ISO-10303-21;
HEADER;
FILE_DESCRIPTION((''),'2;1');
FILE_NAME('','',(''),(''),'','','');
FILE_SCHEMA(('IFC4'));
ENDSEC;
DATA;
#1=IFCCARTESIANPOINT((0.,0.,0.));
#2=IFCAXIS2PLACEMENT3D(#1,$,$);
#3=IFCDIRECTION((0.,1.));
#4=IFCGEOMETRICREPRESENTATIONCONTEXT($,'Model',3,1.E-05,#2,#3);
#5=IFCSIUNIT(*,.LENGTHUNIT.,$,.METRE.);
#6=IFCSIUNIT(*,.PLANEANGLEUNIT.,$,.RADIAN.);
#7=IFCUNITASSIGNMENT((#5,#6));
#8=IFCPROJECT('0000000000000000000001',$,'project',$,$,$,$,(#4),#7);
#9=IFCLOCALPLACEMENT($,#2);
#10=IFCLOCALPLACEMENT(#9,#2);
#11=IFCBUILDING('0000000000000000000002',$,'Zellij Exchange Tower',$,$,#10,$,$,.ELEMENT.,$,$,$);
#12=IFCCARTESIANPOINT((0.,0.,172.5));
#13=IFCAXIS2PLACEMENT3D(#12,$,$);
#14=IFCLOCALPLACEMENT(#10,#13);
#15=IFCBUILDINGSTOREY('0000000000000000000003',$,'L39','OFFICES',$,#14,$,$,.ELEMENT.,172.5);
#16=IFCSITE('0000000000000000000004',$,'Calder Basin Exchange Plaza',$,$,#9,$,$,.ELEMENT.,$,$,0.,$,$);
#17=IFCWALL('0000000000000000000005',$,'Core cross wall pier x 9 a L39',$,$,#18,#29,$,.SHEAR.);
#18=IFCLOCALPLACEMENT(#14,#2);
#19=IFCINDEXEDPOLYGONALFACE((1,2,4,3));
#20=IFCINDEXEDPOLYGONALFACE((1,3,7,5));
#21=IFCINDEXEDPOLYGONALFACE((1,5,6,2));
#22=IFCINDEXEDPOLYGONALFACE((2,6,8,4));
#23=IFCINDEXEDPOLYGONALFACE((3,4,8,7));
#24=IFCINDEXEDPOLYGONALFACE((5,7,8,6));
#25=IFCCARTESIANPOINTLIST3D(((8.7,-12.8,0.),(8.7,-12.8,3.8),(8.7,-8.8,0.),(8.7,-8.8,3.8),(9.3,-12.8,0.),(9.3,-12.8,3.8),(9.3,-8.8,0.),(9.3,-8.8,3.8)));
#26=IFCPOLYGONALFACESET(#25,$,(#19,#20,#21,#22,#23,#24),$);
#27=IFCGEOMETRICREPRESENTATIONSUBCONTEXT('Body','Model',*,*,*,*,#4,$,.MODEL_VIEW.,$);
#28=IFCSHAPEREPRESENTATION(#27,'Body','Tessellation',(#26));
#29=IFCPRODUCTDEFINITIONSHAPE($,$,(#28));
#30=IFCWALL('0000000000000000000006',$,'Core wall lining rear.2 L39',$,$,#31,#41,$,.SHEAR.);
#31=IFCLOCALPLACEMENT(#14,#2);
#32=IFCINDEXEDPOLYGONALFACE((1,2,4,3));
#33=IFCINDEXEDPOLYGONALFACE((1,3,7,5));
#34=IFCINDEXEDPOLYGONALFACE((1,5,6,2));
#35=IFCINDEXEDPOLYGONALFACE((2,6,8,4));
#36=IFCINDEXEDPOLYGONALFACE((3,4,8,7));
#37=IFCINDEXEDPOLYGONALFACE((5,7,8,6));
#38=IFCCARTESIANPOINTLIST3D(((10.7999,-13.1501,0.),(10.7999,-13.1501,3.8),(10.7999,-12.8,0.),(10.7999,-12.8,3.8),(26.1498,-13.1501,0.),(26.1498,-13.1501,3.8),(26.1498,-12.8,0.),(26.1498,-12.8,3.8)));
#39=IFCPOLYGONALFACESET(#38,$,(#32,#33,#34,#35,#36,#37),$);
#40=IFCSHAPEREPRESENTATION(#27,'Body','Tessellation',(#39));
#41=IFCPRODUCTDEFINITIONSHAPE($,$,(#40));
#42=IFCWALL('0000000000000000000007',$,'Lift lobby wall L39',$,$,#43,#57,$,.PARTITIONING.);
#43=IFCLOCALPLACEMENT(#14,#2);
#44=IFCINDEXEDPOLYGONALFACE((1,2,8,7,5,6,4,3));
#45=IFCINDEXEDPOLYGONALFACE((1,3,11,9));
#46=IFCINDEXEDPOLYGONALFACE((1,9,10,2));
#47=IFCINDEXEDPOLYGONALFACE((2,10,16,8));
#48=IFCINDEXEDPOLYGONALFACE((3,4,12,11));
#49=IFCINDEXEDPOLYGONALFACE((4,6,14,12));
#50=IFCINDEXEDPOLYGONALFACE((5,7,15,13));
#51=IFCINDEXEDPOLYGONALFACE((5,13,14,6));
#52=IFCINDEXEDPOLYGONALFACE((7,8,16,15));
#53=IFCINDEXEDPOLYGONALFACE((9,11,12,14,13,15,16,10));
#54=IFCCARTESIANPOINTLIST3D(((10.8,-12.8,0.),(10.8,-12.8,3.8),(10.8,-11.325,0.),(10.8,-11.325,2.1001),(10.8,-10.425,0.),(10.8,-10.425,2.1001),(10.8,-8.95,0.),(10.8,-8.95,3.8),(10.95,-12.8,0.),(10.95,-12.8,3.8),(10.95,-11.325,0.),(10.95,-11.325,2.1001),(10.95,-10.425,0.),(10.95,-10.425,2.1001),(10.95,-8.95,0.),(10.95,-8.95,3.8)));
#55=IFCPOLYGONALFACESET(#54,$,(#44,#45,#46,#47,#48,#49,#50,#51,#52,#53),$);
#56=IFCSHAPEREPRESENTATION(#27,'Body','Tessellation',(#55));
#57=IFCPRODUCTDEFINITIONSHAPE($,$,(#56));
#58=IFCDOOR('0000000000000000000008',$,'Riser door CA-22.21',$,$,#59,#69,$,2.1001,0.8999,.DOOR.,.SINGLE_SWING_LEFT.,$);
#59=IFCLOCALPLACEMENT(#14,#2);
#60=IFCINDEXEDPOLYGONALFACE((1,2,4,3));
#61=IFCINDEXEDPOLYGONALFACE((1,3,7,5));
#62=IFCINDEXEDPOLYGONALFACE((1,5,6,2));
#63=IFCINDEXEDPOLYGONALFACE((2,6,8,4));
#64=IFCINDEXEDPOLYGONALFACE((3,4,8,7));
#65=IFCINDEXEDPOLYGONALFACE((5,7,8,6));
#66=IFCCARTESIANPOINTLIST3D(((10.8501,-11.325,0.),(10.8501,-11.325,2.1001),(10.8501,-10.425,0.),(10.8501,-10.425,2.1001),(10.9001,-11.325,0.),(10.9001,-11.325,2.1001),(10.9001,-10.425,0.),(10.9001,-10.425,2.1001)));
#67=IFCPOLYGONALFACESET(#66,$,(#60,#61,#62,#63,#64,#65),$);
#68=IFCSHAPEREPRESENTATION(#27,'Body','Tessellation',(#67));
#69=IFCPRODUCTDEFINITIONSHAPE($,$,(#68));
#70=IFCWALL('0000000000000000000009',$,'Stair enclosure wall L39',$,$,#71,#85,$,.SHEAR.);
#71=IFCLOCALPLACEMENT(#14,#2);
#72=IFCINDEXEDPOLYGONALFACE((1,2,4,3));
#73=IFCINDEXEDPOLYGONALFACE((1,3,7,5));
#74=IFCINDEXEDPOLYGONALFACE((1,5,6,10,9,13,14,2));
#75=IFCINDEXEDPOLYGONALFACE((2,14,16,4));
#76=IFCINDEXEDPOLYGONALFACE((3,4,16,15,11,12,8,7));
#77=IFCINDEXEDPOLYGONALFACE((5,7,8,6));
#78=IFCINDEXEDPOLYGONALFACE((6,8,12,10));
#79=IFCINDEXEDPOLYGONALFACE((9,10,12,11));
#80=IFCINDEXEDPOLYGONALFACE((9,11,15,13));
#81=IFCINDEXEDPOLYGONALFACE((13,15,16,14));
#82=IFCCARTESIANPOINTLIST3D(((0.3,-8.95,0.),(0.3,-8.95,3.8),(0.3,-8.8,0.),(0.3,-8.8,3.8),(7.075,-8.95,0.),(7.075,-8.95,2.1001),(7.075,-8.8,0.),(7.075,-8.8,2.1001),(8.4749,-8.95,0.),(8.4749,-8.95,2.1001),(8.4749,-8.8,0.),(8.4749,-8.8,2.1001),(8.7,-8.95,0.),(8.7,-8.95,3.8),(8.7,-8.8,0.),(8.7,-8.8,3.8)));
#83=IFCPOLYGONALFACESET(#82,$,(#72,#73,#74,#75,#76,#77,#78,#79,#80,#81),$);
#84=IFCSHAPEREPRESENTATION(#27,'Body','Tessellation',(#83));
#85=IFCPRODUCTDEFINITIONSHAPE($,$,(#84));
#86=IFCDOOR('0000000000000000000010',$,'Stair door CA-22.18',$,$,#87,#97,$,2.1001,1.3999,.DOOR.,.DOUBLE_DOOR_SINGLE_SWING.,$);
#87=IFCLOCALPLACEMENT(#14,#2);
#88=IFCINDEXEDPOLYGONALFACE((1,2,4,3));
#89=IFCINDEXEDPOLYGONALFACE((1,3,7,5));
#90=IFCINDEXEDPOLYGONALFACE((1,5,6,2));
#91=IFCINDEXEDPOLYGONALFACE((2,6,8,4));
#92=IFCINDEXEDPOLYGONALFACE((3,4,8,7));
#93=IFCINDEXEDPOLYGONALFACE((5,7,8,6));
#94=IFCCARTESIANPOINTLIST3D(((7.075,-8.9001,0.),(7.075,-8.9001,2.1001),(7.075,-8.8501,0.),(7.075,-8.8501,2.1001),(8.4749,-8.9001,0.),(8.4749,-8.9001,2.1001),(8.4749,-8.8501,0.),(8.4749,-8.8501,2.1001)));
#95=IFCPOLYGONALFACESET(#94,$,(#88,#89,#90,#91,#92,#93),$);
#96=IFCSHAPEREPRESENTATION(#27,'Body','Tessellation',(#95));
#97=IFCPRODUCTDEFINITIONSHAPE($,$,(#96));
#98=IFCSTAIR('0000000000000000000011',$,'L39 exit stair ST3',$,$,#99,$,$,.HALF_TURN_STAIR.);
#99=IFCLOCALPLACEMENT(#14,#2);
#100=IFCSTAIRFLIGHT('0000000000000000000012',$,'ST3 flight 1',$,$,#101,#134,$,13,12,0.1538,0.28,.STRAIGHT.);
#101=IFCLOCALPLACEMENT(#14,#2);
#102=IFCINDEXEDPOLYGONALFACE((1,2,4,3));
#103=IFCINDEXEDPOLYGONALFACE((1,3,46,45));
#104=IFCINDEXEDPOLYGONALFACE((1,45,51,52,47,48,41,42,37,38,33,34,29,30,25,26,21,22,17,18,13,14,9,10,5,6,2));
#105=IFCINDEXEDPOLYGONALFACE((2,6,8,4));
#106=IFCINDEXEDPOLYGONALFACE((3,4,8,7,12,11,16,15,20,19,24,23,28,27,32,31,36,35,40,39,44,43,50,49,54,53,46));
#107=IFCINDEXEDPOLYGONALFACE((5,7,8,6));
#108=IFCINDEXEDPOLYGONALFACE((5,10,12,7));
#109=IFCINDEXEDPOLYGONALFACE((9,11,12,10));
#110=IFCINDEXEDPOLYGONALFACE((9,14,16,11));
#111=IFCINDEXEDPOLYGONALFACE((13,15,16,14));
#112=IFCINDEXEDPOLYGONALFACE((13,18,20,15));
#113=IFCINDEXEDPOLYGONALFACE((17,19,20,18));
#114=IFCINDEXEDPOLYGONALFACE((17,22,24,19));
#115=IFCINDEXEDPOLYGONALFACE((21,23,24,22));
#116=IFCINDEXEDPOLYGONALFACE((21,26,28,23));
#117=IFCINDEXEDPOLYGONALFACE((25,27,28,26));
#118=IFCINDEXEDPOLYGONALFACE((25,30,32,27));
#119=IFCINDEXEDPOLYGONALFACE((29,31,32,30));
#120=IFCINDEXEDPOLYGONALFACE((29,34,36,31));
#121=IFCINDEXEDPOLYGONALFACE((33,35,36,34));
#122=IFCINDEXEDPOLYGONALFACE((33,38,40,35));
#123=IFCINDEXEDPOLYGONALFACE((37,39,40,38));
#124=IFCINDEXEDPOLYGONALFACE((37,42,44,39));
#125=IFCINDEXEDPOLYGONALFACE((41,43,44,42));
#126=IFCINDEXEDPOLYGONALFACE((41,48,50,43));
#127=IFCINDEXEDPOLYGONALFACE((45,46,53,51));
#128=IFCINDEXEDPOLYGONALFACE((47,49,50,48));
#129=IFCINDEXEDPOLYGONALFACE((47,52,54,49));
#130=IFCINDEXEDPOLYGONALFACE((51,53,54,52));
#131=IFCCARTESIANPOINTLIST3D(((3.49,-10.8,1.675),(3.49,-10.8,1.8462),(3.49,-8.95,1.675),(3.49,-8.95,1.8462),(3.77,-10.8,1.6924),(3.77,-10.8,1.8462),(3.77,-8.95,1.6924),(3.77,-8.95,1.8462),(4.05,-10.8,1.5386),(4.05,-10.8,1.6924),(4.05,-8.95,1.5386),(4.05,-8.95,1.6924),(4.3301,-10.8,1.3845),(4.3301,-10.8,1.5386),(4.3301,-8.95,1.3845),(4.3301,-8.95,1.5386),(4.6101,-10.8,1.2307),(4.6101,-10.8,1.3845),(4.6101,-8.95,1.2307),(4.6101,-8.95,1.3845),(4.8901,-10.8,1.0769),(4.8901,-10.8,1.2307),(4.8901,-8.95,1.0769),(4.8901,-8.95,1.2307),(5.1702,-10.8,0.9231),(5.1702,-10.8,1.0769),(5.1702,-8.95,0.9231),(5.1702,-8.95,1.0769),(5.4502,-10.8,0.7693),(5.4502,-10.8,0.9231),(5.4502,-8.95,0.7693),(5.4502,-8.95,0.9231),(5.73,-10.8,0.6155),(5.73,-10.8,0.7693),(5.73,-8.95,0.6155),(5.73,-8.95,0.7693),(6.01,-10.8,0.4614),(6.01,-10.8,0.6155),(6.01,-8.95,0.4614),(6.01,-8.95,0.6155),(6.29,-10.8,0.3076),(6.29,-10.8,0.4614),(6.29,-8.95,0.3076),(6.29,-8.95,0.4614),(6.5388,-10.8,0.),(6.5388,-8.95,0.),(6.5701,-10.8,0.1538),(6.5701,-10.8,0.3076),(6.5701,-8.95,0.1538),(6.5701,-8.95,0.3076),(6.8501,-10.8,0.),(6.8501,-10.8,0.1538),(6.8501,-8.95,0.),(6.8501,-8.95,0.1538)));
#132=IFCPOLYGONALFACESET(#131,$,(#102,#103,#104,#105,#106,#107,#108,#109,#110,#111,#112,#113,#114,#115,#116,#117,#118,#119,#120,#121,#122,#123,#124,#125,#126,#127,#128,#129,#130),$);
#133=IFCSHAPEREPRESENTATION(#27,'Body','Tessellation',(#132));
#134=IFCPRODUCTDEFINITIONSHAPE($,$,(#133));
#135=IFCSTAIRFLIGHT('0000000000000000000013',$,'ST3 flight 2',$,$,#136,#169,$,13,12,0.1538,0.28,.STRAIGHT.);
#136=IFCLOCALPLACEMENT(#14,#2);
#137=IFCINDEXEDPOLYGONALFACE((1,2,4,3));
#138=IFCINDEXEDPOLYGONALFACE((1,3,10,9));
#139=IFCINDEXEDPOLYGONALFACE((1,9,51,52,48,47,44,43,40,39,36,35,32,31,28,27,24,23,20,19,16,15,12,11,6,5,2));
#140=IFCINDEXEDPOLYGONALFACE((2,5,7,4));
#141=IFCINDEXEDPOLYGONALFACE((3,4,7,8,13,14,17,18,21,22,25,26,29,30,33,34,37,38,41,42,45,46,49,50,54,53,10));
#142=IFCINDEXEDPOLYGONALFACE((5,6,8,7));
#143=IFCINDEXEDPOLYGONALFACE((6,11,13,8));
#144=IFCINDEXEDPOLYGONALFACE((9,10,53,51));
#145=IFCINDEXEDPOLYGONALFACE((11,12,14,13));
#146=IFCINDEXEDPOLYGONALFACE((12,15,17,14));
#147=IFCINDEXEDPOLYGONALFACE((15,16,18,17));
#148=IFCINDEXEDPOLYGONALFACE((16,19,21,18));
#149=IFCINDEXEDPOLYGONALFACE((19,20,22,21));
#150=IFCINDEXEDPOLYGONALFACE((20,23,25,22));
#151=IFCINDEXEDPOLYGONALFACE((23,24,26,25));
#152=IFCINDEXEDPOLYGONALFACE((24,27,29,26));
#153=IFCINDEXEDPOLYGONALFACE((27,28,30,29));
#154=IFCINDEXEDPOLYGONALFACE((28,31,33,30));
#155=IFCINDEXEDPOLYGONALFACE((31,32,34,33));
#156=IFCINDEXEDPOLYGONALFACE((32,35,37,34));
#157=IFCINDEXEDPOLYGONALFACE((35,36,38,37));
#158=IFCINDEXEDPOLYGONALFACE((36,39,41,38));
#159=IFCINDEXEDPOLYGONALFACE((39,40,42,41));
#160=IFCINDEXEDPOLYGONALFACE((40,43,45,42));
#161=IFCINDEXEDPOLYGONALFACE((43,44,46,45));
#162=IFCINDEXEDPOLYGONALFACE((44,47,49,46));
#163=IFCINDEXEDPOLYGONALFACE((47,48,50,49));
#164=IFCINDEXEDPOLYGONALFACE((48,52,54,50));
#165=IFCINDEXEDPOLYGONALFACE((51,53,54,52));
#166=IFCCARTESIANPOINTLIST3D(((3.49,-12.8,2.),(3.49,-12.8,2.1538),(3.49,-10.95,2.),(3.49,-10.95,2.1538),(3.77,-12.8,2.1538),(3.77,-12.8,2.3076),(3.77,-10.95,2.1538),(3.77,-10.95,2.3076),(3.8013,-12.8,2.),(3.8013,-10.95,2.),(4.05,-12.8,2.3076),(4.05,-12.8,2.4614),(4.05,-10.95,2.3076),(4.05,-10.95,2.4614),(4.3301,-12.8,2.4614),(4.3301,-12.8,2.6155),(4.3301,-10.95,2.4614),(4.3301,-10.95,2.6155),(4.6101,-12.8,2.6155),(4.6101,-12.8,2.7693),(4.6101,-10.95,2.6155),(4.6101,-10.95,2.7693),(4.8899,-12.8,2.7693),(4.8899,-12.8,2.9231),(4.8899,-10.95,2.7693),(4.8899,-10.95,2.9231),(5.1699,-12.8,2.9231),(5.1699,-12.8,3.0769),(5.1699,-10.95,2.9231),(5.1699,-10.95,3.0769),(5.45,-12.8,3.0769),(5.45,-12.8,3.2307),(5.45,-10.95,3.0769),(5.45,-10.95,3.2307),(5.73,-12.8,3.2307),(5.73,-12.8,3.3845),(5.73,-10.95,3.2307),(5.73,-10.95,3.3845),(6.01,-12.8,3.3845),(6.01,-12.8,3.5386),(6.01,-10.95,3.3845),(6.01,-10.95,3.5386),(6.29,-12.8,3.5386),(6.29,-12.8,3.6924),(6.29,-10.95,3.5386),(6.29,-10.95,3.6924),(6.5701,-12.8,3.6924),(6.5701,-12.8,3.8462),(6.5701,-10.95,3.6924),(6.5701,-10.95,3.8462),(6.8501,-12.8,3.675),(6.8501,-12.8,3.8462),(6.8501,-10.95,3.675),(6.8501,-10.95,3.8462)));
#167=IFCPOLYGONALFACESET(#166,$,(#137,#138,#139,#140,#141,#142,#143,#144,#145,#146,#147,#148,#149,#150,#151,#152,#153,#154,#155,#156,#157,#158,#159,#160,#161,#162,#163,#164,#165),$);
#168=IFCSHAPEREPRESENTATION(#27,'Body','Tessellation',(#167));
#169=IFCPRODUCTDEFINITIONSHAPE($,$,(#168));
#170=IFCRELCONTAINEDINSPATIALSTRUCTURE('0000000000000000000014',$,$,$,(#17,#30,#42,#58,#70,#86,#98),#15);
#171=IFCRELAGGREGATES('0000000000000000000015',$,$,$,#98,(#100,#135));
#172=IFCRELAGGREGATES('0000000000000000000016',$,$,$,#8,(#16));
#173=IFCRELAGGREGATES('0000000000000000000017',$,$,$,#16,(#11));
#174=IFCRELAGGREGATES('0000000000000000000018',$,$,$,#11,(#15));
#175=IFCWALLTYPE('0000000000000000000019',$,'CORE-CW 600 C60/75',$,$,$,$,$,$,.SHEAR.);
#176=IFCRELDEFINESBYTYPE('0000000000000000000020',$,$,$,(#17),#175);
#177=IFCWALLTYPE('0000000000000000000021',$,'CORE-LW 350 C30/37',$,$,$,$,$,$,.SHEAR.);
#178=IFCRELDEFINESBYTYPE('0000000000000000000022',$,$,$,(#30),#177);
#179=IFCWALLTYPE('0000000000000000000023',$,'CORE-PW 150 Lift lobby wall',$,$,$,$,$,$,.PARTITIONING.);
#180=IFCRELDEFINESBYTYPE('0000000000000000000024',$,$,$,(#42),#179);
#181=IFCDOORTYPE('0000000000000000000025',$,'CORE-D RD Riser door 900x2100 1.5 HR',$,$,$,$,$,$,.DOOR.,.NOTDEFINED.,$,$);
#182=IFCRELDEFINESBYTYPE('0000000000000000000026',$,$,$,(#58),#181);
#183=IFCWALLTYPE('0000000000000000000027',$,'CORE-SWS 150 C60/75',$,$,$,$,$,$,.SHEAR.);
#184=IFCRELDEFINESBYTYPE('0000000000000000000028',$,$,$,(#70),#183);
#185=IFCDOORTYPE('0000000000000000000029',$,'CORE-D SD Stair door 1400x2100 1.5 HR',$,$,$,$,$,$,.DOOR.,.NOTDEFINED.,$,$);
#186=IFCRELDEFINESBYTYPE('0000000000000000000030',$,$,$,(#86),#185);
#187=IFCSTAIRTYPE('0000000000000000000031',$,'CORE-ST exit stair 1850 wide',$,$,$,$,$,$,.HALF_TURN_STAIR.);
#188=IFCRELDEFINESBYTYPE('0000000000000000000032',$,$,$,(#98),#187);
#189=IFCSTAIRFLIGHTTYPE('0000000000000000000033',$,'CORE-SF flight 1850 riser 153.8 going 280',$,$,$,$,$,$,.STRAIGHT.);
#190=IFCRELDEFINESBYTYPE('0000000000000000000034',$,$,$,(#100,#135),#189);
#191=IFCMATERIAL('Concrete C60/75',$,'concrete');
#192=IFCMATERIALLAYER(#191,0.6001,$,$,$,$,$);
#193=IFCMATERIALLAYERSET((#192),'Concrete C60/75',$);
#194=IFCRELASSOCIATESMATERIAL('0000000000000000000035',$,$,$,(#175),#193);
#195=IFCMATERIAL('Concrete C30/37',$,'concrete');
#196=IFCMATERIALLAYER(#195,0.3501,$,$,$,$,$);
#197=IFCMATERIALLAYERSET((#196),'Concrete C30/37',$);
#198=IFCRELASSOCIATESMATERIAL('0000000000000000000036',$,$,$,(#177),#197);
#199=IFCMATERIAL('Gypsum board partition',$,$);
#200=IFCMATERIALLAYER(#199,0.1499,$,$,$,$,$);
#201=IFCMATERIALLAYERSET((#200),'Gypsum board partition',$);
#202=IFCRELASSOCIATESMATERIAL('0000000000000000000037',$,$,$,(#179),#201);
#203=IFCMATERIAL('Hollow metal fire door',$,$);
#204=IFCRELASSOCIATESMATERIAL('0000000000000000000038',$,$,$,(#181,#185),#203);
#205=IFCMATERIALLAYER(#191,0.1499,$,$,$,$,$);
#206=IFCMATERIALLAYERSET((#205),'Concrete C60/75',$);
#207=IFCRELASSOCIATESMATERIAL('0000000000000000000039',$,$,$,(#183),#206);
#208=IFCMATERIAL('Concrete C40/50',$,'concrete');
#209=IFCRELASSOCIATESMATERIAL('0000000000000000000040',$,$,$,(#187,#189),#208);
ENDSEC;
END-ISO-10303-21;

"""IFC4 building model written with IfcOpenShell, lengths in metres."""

from ifc_helpers import new_model, si_unit, direction, frame, frame_2d, origin, place, context, subcontext, project, spatial, polyline, rectangle, outline, extrude, material, layer, layer_set, type_object, element, fill, aggregate, save


model = new_model("IFC4")

# Units and contexts
model_context = context("Model", 3, precision=1e-05, world=origin(), true_north=direction((0.0, 1.0)))
body_context = subcontext(model_context, "Body", "Model", "MODEL_VIEW")
ifc_project = project(units=[si_unit("LENGTHUNIT", "METRE"), si_unit("PLANEANGLEUNIT", "RADIAN")], contexts=[model_context])

# Site, building, storey
site_placement = place(None, origin())
site = spatial("IfcSite", under=ifc_project, at=site_placement, Name="Calder Basin Exchange Plaza", CompositionType="ELEMENT", RefElevation=0.0)
building_placement = place(site_placement, origin())
building = spatial("IfcBuilding", under=site, at=building_placement, Name="Zellij Exchange Tower", CompositionType="ELEMENT")
storey_placement = place(building_placement, frame((0.0, 0.0, 172.5)))
storey = spatial("IfcBuildingStorey", under=building, at=storey_placement, Name="L39", Description="OFFICES", CompositionType="ELEMENT", Elevation=172.5)

# Walls
ifc_material_1 = material(Name="Concrete C60/75", Category="concrete")
ifc_layer_1 = layer(ifc_material_1, 0.6001)
ifc_layer_set_1 = layer_set([ifc_layer_1], Name="Concrete C60/75")
wall_type_1 = type_object("IfcWallType", Name="CORE-CW 600 C60/75", PredefinedType="SHEAR", material=ifc_layer_set_1)
wall_1_placement = place(storey_placement, frame((9.0, -12.8, 0.0), z_axis=(0.0, 0.0, 1.0), x_axis=(0.0, 1.0, 0.0)))
element("IfcWall", 1, at=wall_1_placement, inside=storey, type_object=wall_type_1, Name="Core cross wall pier x 9 a L39", PredefinedType="SHEAR", context=body_context, shape_type="SweptSolid", body=[
    extrude(rectangle(XDim=4.0, YDim=0.6001, at=frame_2d((2.0, 0.0))), origin(), (0.0, 0.0, 1.0), 3.8),
])
ifc_material_2 = material(Name="Concrete C30/37", Category="concrete")
ifc_layer_2 = layer(ifc_material_2, 0.3501)
ifc_layer_set_2 = layer_set([ifc_layer_2], Name="Concrete C30/37")
wall_type_2 = type_object("IfcWallType", Name="CORE-LW 350 C30/37", PredefinedType="SHEAR", material=ifc_layer_set_2)
wall_2_placement = place(storey_placement, frame((10.8, -12.9751, 0.0), z_axis=(0.0, 0.0, 1.0), x_axis=(1.0, 0.0, 0.0)))
element("IfcWall", 2, at=wall_2_placement, inside=storey, type_object=wall_type_2, Name="Core wall lining rear.2 L39", PredefinedType="SHEAR", context=body_context, shape_type="SweptSolid", body=[
    extrude(rectangle(XDim=15.3499, YDim=0.3501, at=frame_2d((7.6748, 0.0))), origin(), (0.0, 0.0, 1.0), 3.8),
])

# Walls, openings, doors
ifc_material_3 = material(Name="Gypsum board partition")
ifc_layer_3 = layer(ifc_material_3, 0.1499)
ifc_layer_set_3 = layer_set([ifc_layer_3], Name="Gypsum board partition")
wall_type_3 = type_object("IfcWallType", Name="CORE-PW 150 Lift lobby wall", PredefinedType="PARTITIONING", material=ifc_layer_set_3)
wall_3_placement = place(storey_placement, frame((10.875, -12.8, 0.0), z_axis=(0.0, 0.0, 1.0), x_axis=(0.0, 1.0, 0.0)))
wall_3 = element("IfcWall", 3, at=wall_3_placement, inside=storey, type_object=wall_type_3, Name="Lift lobby wall L39", PredefinedType="PARTITIONING", context=body_context, shape_type="SweptSolid", body=[
    extrude(rectangle(XDim=3.8501, YDim=0.1499, at=frame_2d((1.925, 0.0))), origin(), (0.0, 0.0, 1.0), 3.8),
])
opening_1_placement = place(wall_3_placement, frame((1.4751, 0.0, 0.0)))
opening_1 = element("IfcOpeningElement", 4, at=opening_1_placement, cuts=wall_3, PredefinedType="OPENING", context=body_context, shape_type="SweptSolid", body=[
    extrude(rectangle(XDim=0.8999, YDim=2.1001, at=frame_2d((0.45, 1.05))), frame((0.0, 0.0869, 0.0), z_axis=(0.0, -1.0, 0.0), x_axis=(1.0, 0.0, 0.0)), (0.0, 0.0, 1.0), 0.1738),
])
ifc_material_4 = material(Name="Hollow metal fire door")
door_type_1 = type_object("IfcDoorType", Name="CORE-D RD Riser door 900x2100 1.5 HR", OperationType="NOTDEFINED", PredefinedType="DOOR", material=ifc_material_4)
door_1_placement = place(opening_1_placement, origin())
door_1 = element("IfcDoor", 5, at=door_1_placement, inside=storey, type_object=door_type_1, Name="Riser door CA-22.21", OperationType="SINGLE_SWING_LEFT", OverallHeight=2.1001, OverallWidth=0.8999, PredefinedType="DOOR", context=body_context, shape_type="SweptSolid", body=[
    extrude(rectangle(XDim=0.8999, YDim=2.1001, at=frame_2d((0.45, 1.05))), frame((0.0, 0.0249, 0.0), z_axis=(0.0, -1.0, 0.0), x_axis=(1.0, 0.0, 0.0)), (0.0, 0.0, 1.0), 0.05),
])
fill(opening_1, door_1)
ifc_layer_4 = layer(ifc_material_1, 0.1499)
ifc_layer_set_4 = layer_set([ifc_layer_4], Name="Concrete C60/75")
wall_type_4 = type_object("IfcWallType", Name="CORE-SWS 150 C60/75", PredefinedType="SHEAR", material=ifc_layer_set_4)
wall_4_placement = place(storey_placement, frame((0.3, -8.875, 0.0), z_axis=(0.0, 0.0, 1.0), x_axis=(1.0, 0.0, 0.0)))
wall_4 = element("IfcWall", 6, at=wall_4_placement, inside=storey, type_object=wall_type_4, Name="Stair enclosure wall L39", PredefinedType="SHEAR", context=body_context, shape_type="SweptSolid", body=[
    extrude(rectangle(XDim=8.3999, YDim=0.1499, at=frame_2d((4.2, 0.0))), origin(), (0.0, 0.0, 1.0), 3.8),
])
opening_2_placement = place(wall_4_placement, frame((6.7749, 0.0, 0.0)))
opening_2 = element("IfcOpeningElement", 7, at=opening_2_placement, cuts=wall_4, PredefinedType="OPENING", context=body_context, shape_type="SweptSolid", body=[
    extrude(rectangle(XDim=1.3999, YDim=2.1001, at=frame_2d((0.7, 1.05))), frame((0.0, 0.0869, 0.0), z_axis=(0.0, -1.0, 0.0), x_axis=(1.0, 0.0, 0.0)), (0.0, 0.0, 1.0), 0.1738),
])
door_type_2 = type_object("IfcDoorType", Name="CORE-D SD Stair door 1400x2100 1.5 HR", OperationType="NOTDEFINED", PredefinedType="DOOR", material=ifc_material_4)
door_2_placement = place(opening_2_placement, origin())
door_2 = element("IfcDoor", 8, at=door_2_placement, inside=storey, type_object=door_type_2, Name="Stair door CA-22.18", OperationType="DOUBLE_DOOR_SINGLE_SWING", OverallHeight=2.1001, OverallWidth=1.3999, PredefinedType="DOOR", context=body_context, shape_type="SweptSolid", body=[
    extrude(rectangle(XDim=1.3999, YDim=2.1001, at=frame_2d((0.7, 1.05))), frame((0.0, 0.0249, 0.0), z_axis=(0.0, -1.0, 0.0), x_axis=(1.0, 0.0, 0.0)), (0.0, 0.0, 1.0), 0.05),
])
fill(opening_2, door_2)

# Stair, stair flights
ifc_material_5 = material(Name="Concrete C40/50", Category="concrete")
stair_type = type_object("IfcStairType", Name="CORE-ST exit stair 1850 wide", PredefinedType="HALF_TURN_STAIR", material=ifc_material_5)
stair_placement = place(storey_placement, origin())
stair = element("IfcStair", 9, at=stair_placement, inside=storey, type_object=stair_type, Name="L39 exit stair ST3", PredefinedType="HALF_TURN_STAIR")
stair_flight_type = type_object("IfcStairFlightType", Name="CORE-SF flight 1850 riser 153.8 going 280", PredefinedType="STRAIGHT", material=ifc_material_5)
stair_flight_1_placement = place(storey_placement, frame((6.8501, -9.875, 0.0), z_axis=(0.0, 0.0, 1.0), x_axis=(-1.0, 0.0, 0.0)))
stair_flight_1 = element("IfcStairFlight", 10, at=stair_flight_1_placement, type_object=stair_flight_type, Name="ST3 flight 1", NumberOfRisers=13, NumberOfTreads=12, PredefinedType="STRAIGHT", RiserHeight=0.1538, TreadLength=0.28, context=body_context, shape_type="SweptSolid", body=[
    extrude(outline(polyline([(0.0, 0.0), (0.0, 0.1538), (0.28, 0.1538), (0.28, 0.3076), (0.5601, 0.3076), (0.5601, 0.4614), (0.8401, 0.4614), (0.8401, 0.6155), (1.1201, 0.6155), (1.1201, 0.7693), (1.3999, 0.7693), (1.3999, 0.9231), (1.6799, 0.9231), (1.6799, 1.0769), (1.96, 1.0769), (1.96, 1.2307), (2.24, 1.2307), (2.24, 1.3845), (2.52, 1.3845), (2.52, 1.5386), (2.8, 1.5386), (2.8, 1.6924), (3.0801, 1.6924), (3.0801, 1.8462), (3.3601, 1.8462), (3.3601, 2.0), (3.3601, 1.675), (0.3113, 0.0), (0.0, 0.0)])), frame((0.0, 0.925, 0.0), z_axis=(0.0, -1.0, 0.0), x_axis=(1.0, 0.0, 0.0)), (0.0, 0.0, 1.0), 1.8501),
])
stair_flight_2_placement = place(storey_placement, frame((3.49, -11.875, 2.0), z_axis=(0.0, 0.0, 1.0), x_axis=(1.0, 0.0, 0.0)))
stair_flight_2 = element("IfcStairFlight", 11, at=stair_flight_2_placement, type_object=stair_flight_type, Name="ST3 flight 2", NumberOfRisers=13, NumberOfTreads=12, PredefinedType="STRAIGHT", RiserHeight=0.1538, TreadLength=0.28, context=body_context, shape_type="SweptSolid", body=[
    extrude(outline(polyline([(0.0, 0.0), (0.0, 0.1538), (0.28, 0.1538), (0.28, 0.3076), (0.5601, 0.3076), (0.5601, 0.4614), (0.8401, 0.4614), (0.8401, 0.6155), (1.1201, 0.6155), (1.1201, 0.7693), (1.3999, 0.7693), (1.3999, 0.9231), (1.6799, 0.9231), (1.6799, 1.0769), (1.96, 1.0769), (1.96, 1.2307), (2.24, 1.2307), (2.24, 1.3845), (2.52, 1.3845), (2.52, 1.5386), (2.8, 1.5386), (2.8, 1.6924), (3.0801, 1.6924), (3.0801, 1.8462), (3.3601, 1.8462), (3.3601, 2.0), (3.3601, 1.675), (0.3113, 0.0), (0.0, 0.0)])), frame((0.0, 0.925, 0.0), z_axis=(0.0, -1.0, 0.0), x_axis=(1.0, 0.0, 0.0)), (0.0, 0.0, 1.0), 1.8501),
])
aggregate(stair, [stair_flight_1, stair_flight_2])

save(model, "model.ifc")
